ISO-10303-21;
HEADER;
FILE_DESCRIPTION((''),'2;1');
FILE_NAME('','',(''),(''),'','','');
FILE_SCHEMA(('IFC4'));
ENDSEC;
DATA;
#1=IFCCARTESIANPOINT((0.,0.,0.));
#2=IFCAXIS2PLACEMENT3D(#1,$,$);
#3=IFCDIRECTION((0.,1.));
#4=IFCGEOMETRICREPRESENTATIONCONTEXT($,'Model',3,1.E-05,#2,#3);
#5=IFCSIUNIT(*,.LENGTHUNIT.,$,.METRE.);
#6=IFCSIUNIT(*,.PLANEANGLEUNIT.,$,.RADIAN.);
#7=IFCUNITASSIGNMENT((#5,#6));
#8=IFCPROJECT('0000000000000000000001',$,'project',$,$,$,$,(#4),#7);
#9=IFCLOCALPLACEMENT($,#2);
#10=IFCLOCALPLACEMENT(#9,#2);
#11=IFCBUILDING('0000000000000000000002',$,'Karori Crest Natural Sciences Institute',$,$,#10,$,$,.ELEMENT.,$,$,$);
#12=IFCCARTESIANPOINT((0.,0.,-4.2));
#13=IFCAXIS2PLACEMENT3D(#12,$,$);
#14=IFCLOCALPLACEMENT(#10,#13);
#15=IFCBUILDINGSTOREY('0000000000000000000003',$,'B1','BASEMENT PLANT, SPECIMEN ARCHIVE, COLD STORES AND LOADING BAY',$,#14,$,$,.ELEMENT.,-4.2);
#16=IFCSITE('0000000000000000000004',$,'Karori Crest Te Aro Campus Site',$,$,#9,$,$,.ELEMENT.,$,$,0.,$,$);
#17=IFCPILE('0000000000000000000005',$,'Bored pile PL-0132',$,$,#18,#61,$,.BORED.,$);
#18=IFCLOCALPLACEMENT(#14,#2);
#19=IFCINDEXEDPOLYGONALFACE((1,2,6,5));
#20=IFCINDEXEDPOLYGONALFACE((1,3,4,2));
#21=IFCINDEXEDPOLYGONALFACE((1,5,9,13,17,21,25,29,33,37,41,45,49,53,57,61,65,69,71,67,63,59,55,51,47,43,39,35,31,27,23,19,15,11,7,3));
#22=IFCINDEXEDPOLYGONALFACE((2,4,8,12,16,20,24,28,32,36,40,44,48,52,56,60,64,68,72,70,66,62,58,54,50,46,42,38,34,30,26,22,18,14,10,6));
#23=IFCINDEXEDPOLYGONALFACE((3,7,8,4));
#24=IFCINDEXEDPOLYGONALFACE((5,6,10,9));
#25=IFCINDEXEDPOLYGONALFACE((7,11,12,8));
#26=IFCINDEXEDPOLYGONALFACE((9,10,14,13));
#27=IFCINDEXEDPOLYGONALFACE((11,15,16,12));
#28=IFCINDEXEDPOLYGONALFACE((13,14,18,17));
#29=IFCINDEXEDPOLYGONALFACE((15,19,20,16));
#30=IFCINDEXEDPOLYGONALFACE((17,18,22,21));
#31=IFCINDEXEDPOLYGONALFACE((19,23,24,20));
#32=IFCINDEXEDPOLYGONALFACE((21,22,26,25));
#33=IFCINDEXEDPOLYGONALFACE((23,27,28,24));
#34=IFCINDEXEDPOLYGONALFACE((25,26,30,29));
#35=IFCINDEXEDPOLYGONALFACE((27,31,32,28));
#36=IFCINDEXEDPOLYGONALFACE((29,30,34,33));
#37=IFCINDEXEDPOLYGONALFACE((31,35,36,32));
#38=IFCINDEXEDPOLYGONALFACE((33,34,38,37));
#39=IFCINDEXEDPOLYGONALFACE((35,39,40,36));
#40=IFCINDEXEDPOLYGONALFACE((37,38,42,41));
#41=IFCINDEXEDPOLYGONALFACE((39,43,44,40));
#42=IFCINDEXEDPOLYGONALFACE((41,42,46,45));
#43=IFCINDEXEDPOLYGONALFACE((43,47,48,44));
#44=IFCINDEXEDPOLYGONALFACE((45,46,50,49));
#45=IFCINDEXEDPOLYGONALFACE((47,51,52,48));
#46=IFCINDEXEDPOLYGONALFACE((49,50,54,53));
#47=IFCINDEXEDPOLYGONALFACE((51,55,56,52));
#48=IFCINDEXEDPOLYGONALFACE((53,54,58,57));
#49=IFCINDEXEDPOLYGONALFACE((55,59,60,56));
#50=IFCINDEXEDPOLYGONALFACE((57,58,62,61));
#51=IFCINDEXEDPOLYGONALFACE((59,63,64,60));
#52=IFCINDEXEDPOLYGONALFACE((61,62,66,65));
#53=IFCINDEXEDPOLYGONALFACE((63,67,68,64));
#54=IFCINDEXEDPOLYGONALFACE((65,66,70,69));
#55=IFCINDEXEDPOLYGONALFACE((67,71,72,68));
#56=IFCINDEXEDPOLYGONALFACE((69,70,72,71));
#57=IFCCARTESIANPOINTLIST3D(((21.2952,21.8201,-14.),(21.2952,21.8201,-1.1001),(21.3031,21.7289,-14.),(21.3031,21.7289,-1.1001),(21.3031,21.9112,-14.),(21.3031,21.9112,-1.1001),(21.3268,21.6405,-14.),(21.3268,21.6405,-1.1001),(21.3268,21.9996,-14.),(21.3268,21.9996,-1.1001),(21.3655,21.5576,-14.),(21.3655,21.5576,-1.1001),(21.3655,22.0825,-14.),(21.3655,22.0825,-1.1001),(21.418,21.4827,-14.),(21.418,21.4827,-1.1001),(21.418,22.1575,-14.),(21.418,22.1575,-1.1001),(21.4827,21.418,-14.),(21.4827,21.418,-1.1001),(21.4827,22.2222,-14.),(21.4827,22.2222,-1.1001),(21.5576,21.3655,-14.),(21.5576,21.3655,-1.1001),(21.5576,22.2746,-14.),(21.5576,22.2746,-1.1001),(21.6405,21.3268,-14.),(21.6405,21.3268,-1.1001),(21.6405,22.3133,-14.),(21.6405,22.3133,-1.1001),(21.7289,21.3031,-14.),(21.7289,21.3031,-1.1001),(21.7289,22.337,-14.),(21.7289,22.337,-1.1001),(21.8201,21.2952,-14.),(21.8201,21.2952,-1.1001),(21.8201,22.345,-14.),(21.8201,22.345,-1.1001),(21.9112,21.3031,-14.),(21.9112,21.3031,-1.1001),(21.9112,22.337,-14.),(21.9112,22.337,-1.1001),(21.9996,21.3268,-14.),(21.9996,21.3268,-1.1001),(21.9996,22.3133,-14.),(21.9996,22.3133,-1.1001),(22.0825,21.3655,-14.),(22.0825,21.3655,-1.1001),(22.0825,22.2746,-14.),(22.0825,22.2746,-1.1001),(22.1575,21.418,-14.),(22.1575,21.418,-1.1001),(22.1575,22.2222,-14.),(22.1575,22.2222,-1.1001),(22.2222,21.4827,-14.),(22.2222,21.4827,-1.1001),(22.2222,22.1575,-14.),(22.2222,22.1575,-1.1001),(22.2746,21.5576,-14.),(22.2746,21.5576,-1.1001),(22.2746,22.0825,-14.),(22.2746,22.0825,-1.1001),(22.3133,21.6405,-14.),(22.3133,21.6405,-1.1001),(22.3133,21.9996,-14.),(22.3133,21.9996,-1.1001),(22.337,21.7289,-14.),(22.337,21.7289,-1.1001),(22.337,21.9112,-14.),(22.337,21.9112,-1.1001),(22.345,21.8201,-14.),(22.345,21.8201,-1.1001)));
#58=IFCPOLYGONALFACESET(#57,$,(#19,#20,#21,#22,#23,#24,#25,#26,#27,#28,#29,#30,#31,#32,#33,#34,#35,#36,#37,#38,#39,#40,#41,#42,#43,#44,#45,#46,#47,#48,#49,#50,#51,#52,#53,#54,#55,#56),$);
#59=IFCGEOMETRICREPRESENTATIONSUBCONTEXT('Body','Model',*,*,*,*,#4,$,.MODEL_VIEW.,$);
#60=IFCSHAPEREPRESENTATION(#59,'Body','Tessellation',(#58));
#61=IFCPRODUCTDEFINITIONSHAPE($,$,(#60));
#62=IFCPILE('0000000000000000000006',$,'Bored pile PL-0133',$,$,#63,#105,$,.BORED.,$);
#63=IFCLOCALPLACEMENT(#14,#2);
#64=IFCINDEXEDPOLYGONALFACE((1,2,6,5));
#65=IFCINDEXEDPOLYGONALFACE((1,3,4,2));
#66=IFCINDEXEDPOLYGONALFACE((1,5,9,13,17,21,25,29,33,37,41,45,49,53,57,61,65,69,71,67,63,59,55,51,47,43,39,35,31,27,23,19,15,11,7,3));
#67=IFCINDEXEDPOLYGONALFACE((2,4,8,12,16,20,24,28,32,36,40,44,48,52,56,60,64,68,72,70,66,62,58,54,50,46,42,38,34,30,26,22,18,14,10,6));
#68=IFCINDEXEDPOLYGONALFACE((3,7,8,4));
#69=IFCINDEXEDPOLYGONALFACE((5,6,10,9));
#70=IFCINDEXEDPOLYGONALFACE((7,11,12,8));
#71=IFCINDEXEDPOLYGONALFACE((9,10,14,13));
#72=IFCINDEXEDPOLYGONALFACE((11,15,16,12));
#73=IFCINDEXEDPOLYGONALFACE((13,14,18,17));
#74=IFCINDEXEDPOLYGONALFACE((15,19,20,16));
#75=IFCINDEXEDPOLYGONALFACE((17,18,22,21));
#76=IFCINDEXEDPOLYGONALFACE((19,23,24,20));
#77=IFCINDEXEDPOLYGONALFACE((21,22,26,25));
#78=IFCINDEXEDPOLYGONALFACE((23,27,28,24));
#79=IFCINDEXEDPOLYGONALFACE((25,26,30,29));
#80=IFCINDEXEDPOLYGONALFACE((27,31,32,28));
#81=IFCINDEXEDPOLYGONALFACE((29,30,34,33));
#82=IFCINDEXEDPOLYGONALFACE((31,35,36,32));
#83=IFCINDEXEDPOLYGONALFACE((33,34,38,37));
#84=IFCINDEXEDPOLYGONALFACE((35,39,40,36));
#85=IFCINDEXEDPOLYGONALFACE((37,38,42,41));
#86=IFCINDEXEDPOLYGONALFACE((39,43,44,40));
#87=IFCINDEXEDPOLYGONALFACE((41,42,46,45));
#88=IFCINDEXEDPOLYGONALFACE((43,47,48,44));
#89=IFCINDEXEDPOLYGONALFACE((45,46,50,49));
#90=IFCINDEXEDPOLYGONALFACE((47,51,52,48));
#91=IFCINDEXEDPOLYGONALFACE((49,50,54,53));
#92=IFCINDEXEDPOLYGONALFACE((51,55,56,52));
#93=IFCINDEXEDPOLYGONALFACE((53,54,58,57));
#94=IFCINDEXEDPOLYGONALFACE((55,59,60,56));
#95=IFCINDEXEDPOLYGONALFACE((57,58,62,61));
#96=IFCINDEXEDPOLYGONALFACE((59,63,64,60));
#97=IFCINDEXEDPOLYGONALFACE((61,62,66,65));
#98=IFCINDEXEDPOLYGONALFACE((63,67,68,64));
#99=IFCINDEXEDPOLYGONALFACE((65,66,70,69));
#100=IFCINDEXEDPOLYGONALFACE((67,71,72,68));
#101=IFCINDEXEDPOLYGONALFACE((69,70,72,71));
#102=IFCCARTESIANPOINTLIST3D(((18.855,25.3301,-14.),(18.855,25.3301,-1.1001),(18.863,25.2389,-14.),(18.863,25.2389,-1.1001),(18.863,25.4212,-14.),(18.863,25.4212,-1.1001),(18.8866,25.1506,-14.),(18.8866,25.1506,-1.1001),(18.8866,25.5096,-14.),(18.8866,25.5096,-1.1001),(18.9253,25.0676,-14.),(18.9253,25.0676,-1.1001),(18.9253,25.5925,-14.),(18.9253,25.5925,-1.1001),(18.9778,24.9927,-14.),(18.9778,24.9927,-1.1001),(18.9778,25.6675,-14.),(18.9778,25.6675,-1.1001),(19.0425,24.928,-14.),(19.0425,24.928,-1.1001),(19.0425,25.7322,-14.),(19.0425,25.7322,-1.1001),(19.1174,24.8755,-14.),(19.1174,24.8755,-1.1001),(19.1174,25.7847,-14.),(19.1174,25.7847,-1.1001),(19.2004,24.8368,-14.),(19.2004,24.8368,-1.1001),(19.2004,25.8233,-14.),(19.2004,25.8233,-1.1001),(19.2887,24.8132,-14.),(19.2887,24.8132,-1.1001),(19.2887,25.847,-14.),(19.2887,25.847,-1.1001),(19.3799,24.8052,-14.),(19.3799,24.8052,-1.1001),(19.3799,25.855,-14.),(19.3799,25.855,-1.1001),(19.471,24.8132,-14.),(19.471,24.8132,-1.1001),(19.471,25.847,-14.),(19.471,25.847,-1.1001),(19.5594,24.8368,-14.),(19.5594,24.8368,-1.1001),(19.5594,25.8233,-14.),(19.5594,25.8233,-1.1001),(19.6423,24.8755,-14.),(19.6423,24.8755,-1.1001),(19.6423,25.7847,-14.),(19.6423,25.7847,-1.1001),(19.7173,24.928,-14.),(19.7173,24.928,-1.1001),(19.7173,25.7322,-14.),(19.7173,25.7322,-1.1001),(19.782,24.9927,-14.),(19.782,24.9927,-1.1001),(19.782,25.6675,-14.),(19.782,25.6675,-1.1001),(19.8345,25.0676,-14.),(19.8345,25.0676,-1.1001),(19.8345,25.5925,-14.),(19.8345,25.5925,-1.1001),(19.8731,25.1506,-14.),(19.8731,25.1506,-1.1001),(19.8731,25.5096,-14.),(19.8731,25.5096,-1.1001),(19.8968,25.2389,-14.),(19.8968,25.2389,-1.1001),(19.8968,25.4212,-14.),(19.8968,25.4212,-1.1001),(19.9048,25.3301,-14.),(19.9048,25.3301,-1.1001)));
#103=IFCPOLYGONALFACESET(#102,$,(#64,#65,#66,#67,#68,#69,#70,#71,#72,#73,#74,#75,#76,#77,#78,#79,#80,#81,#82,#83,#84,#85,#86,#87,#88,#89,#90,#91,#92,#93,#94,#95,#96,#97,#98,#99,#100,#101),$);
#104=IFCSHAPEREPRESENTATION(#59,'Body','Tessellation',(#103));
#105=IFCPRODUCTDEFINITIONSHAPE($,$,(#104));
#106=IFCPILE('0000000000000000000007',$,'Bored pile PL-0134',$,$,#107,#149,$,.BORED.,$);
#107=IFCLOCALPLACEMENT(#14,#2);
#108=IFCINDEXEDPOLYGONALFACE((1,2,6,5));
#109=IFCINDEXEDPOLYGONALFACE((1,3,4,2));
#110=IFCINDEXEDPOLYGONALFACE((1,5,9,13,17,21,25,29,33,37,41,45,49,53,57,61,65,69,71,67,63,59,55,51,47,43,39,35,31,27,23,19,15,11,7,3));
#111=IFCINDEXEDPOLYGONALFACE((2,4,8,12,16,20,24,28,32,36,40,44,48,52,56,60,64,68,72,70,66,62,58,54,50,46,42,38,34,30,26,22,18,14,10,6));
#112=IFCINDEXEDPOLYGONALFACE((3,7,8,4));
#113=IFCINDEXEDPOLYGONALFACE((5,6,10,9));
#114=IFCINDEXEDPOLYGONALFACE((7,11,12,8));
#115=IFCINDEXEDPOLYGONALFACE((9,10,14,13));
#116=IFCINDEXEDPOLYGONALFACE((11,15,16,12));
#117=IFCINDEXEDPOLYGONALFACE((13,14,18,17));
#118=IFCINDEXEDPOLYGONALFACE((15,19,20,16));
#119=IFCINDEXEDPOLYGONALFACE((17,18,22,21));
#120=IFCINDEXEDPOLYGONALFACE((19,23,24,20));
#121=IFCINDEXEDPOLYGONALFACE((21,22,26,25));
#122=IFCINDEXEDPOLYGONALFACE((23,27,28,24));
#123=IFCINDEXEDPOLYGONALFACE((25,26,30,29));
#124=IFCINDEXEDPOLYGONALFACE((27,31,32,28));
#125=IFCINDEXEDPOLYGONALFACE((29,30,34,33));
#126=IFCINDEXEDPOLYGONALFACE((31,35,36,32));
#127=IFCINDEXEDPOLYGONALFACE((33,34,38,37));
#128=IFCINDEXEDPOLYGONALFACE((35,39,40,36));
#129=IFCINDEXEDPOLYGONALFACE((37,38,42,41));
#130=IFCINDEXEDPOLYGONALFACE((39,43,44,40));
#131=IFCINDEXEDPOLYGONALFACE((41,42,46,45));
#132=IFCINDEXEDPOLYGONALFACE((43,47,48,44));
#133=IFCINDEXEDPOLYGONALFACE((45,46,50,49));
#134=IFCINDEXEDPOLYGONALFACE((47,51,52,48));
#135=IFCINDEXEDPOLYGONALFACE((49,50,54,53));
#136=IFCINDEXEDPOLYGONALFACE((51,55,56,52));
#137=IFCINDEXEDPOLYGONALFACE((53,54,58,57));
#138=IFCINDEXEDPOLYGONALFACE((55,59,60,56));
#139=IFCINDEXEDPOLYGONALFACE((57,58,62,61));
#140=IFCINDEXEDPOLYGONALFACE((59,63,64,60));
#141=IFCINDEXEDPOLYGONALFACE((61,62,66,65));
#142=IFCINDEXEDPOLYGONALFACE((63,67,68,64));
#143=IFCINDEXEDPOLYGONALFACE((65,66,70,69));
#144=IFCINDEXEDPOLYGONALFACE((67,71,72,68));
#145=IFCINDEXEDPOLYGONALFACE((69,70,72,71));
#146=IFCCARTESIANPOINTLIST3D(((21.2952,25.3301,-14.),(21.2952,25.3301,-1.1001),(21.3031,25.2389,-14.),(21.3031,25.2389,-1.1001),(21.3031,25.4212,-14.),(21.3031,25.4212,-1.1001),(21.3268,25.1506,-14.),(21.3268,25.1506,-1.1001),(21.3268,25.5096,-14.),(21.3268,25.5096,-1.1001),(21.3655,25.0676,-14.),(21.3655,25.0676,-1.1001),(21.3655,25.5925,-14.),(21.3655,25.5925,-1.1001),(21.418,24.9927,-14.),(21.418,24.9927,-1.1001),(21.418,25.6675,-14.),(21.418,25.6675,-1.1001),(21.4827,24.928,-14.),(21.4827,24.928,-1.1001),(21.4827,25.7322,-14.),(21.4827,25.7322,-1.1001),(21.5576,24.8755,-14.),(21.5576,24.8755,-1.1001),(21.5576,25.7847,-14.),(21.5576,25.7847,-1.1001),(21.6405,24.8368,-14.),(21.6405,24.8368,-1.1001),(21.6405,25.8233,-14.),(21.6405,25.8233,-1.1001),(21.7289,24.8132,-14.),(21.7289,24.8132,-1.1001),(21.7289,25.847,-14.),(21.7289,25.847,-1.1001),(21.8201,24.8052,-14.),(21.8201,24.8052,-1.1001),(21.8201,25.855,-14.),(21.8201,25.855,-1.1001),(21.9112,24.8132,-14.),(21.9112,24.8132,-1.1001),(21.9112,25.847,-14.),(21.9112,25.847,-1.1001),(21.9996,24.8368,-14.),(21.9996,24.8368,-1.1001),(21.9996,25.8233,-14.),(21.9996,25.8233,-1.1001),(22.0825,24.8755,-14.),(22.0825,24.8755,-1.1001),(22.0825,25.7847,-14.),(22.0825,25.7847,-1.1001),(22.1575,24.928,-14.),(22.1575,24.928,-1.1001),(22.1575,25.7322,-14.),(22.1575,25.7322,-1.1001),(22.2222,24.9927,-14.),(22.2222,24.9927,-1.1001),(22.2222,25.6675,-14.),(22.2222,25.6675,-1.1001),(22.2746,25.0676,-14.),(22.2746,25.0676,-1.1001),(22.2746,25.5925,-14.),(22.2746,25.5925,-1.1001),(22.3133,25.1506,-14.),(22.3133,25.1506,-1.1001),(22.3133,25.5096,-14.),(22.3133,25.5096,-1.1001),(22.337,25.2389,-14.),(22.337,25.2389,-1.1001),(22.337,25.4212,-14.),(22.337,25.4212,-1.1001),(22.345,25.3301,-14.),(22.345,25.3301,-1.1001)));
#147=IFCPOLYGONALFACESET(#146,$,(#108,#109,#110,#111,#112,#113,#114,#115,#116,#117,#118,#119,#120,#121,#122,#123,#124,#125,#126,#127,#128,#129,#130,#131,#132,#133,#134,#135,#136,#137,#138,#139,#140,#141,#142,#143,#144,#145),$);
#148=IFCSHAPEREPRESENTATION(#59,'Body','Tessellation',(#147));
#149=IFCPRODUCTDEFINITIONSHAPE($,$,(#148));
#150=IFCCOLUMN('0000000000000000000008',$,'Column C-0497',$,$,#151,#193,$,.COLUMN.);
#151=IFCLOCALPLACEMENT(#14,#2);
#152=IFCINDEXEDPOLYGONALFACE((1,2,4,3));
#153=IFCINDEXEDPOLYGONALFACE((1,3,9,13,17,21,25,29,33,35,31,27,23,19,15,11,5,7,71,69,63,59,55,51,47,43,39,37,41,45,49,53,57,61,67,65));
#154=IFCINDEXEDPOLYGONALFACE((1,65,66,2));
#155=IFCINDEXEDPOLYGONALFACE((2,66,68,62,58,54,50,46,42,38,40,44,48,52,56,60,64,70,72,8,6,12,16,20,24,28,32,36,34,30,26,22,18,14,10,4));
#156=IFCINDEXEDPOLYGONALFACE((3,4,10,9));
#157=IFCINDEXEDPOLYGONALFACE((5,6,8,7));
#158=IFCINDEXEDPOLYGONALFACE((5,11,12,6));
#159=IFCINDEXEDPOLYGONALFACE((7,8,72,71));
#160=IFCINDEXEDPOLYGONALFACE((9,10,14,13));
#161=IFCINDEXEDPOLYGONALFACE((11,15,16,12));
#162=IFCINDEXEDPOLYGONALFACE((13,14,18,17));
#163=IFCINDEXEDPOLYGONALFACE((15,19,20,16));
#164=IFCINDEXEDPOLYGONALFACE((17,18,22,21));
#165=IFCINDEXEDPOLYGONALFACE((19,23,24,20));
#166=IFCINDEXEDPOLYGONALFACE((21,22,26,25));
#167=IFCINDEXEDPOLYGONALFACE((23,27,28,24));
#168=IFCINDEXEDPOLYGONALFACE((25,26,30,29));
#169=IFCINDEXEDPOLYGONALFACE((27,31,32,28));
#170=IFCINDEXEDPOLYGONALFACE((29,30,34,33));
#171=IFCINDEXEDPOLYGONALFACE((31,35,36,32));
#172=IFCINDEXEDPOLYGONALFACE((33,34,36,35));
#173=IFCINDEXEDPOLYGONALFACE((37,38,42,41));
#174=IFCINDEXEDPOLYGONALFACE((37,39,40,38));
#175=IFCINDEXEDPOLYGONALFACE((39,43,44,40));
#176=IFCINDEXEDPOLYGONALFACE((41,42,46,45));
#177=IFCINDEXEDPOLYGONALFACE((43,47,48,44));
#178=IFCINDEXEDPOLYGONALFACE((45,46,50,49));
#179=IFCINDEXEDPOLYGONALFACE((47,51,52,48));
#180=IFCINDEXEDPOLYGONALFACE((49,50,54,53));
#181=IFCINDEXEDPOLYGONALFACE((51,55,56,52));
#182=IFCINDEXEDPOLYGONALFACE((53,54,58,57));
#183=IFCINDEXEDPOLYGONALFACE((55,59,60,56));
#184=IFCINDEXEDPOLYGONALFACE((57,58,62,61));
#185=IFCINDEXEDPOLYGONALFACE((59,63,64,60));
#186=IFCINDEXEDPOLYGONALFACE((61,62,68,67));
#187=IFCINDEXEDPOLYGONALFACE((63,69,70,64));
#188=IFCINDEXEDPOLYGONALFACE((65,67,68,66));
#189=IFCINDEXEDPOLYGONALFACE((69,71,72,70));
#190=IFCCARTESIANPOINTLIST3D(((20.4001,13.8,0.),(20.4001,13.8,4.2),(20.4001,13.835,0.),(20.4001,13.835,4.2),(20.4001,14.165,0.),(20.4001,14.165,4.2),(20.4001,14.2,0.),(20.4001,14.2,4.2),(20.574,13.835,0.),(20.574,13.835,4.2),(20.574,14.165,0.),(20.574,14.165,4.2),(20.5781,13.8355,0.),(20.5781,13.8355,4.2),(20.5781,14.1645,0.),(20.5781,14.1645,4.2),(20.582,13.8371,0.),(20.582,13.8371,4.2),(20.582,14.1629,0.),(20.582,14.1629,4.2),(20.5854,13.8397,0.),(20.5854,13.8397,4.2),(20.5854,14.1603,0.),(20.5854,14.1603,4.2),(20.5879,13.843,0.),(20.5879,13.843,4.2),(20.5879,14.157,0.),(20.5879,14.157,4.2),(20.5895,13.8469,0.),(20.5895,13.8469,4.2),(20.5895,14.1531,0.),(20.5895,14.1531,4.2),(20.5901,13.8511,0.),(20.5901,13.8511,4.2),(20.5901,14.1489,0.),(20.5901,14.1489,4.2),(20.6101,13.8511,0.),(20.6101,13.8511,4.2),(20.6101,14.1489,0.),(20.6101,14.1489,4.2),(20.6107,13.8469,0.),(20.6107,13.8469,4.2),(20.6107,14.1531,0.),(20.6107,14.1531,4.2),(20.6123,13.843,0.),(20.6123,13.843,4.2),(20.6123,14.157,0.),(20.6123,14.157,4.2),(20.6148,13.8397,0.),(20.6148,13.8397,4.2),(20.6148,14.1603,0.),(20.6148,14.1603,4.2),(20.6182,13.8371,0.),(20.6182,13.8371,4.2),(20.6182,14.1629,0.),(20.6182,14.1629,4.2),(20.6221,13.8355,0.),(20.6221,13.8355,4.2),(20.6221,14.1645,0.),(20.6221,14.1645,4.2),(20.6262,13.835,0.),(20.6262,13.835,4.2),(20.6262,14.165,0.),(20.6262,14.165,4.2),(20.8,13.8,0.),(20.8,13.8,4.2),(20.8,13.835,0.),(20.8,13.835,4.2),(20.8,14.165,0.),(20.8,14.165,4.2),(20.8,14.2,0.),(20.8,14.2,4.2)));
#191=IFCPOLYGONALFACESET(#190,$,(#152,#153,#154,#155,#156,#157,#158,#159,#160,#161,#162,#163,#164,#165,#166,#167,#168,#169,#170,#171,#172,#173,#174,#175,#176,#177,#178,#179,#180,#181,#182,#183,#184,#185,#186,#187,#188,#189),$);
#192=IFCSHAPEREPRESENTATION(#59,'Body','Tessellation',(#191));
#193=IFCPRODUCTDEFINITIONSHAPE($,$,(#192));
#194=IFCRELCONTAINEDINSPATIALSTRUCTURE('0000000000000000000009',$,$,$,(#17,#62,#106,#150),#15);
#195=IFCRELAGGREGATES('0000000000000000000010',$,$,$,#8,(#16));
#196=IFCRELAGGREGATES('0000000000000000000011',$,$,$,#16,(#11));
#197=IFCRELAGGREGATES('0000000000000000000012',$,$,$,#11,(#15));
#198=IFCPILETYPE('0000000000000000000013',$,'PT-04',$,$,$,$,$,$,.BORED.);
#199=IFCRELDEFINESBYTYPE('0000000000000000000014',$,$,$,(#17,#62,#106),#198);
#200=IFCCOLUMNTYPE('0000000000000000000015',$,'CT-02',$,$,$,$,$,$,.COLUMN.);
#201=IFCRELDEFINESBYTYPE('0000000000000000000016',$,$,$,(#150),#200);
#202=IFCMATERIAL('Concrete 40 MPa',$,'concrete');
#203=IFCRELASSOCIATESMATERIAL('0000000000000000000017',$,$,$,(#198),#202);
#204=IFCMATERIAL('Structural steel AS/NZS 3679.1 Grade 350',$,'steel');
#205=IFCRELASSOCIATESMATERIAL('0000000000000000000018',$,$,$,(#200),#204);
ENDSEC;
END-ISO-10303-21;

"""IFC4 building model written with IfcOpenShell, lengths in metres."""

from ifc_helpers import new_model, si_unit, direction, frame, origin, origin_2d, place, context, subcontext, project, spatial, circle, i_section, extrude, material, material_profile, profile_set, type_object, element, save


model = new_model("IFC4")

# Units and contexts
model_context = context("Model", 3, precision=1e-05, world=origin(), true_north=direction((0.0, 1.0)))
body_context = subcontext(model_context, "Body", "Model", "MODEL_VIEW")
ifc_project = project(units=[si_unit("LENGTHUNIT", "METRE"), si_unit("PLANEANGLEUNIT", "RADIAN")], contexts=[model_context])

# Site, building, storey
site_placement = place(None, origin())
site = spatial("IfcSite", under=ifc_project, at=site_placement, Name="Karori Crest Te Aro Campus Site", CompositionType="ELEMENT", RefElevation=0.0)
building_placement = place(site_placement, origin())
building = spatial("IfcBuilding", under=site, at=building_placement, Name="Karori Crest Natural Sciences Institute", CompositionType="ELEMENT")
storey_placement = place(building_placement, frame((0.0, 0.0, -4.2)))
storey = spatial("IfcBuildingStorey", under=building, at=storey_placement, Name="B1", Description="BASEMENT PLANT, SPECIMEN ARCHIVE, COLD STORES AND LOADING BAY", CompositionType="ELEMENT", Elevation=-4.2)

# Shared definitions
ifc_material_1 = material(Name="Concrete 40 MPa", Category="concrete")

# Piles
ifc_material_profile_1 = material_profile(ifc_material_1, circle(Radius=0.5249, at=origin_2d()), Name="PILE1050")
ifc_profile_set_1 = profile_set([ifc_material_profile_1], Name="Concrete 40 MPa")
pile_type = type_object("IfcPileType", Name="PT-04", PredefinedType="BORED", material=ifc_profile_set_1)
for number, where, z_axis, x_axis, name in (
    (1, (21.8201, 21.8201, -1.1001), (0.0, 0.0, -1.0), (1.0, 0.0, 0.0), "Bored pile PL-0132"),
    (2, (19.3799, 25.3301, -1.1001), (0.0, 0.0, -1.0), (1.0, 0.0, 0.0), "Bored pile PL-0133"),
    (3, (21.8201, 25.3301, -1.1001), (0.0, 0.0, -1.0), (1.0, 0.0, 0.0), "Bored pile PL-0134"),
):
    element("IfcPile", number, at=place(storey_placement, frame(where, z_axis=z_axis, x_axis=x_axis)), inside=storey, type_object=pile_type, Name=name, PredefinedType="BORED", context=body_context, shape_type="SweptSolid", body=[
        extrude(circle(Radius=0.5249, at=origin_2d()), origin(), (0.0, 0.0, 1.0), 12.8999),
    ])

# Column
ifc_material_2 = material(Name="Structural steel AS/NZS 3679.1 Grade 350", Category="steel")
ifc_material_profile_2 = material_profile(ifc_material_2, i_section(OverallWidth=0.3999, OverallDepth=0.3999, WebThickness=0.02, FlangeThickness=0.0349, FilletRadius=0.0161, at=origin_2d()), Name="400WC328")
ifc_profile_set_2 = profile_set([ifc_material_profile_2], Name="Structural steel AS/NZS 3679.1 Grade 350")
column_type = type_object("IfcColumnType", Name="CT-02", PredefinedType="COLUMN", material=ifc_profile_set_2)
for number, where, z_axis, x_axis, name in (
    (4, (20.6001, 14.0, 0.0), (0.0, 0.0, 1.0), (1.0, 0.0, 0.0), "Column C-0497"),
):
    element("IfcColumn", number, at=place(storey_placement, frame(where, z_axis=z_axis, x_axis=x_axis)), inside=storey, type_object=column_type, Name=name, PredefinedType="COLUMN", context=body_context, shape_type="SweptSolid", body=[
        extrude(i_section(OverallWidth=0.3999, OverallDepth=0.3999, WebThickness=0.02, FlangeThickness=0.0349, FilletRadius=0.0161, at=origin_2d()), origin(), (0.0, 0.0, 1.0), 4.2),
    ])

save(model, "model.ifc")
